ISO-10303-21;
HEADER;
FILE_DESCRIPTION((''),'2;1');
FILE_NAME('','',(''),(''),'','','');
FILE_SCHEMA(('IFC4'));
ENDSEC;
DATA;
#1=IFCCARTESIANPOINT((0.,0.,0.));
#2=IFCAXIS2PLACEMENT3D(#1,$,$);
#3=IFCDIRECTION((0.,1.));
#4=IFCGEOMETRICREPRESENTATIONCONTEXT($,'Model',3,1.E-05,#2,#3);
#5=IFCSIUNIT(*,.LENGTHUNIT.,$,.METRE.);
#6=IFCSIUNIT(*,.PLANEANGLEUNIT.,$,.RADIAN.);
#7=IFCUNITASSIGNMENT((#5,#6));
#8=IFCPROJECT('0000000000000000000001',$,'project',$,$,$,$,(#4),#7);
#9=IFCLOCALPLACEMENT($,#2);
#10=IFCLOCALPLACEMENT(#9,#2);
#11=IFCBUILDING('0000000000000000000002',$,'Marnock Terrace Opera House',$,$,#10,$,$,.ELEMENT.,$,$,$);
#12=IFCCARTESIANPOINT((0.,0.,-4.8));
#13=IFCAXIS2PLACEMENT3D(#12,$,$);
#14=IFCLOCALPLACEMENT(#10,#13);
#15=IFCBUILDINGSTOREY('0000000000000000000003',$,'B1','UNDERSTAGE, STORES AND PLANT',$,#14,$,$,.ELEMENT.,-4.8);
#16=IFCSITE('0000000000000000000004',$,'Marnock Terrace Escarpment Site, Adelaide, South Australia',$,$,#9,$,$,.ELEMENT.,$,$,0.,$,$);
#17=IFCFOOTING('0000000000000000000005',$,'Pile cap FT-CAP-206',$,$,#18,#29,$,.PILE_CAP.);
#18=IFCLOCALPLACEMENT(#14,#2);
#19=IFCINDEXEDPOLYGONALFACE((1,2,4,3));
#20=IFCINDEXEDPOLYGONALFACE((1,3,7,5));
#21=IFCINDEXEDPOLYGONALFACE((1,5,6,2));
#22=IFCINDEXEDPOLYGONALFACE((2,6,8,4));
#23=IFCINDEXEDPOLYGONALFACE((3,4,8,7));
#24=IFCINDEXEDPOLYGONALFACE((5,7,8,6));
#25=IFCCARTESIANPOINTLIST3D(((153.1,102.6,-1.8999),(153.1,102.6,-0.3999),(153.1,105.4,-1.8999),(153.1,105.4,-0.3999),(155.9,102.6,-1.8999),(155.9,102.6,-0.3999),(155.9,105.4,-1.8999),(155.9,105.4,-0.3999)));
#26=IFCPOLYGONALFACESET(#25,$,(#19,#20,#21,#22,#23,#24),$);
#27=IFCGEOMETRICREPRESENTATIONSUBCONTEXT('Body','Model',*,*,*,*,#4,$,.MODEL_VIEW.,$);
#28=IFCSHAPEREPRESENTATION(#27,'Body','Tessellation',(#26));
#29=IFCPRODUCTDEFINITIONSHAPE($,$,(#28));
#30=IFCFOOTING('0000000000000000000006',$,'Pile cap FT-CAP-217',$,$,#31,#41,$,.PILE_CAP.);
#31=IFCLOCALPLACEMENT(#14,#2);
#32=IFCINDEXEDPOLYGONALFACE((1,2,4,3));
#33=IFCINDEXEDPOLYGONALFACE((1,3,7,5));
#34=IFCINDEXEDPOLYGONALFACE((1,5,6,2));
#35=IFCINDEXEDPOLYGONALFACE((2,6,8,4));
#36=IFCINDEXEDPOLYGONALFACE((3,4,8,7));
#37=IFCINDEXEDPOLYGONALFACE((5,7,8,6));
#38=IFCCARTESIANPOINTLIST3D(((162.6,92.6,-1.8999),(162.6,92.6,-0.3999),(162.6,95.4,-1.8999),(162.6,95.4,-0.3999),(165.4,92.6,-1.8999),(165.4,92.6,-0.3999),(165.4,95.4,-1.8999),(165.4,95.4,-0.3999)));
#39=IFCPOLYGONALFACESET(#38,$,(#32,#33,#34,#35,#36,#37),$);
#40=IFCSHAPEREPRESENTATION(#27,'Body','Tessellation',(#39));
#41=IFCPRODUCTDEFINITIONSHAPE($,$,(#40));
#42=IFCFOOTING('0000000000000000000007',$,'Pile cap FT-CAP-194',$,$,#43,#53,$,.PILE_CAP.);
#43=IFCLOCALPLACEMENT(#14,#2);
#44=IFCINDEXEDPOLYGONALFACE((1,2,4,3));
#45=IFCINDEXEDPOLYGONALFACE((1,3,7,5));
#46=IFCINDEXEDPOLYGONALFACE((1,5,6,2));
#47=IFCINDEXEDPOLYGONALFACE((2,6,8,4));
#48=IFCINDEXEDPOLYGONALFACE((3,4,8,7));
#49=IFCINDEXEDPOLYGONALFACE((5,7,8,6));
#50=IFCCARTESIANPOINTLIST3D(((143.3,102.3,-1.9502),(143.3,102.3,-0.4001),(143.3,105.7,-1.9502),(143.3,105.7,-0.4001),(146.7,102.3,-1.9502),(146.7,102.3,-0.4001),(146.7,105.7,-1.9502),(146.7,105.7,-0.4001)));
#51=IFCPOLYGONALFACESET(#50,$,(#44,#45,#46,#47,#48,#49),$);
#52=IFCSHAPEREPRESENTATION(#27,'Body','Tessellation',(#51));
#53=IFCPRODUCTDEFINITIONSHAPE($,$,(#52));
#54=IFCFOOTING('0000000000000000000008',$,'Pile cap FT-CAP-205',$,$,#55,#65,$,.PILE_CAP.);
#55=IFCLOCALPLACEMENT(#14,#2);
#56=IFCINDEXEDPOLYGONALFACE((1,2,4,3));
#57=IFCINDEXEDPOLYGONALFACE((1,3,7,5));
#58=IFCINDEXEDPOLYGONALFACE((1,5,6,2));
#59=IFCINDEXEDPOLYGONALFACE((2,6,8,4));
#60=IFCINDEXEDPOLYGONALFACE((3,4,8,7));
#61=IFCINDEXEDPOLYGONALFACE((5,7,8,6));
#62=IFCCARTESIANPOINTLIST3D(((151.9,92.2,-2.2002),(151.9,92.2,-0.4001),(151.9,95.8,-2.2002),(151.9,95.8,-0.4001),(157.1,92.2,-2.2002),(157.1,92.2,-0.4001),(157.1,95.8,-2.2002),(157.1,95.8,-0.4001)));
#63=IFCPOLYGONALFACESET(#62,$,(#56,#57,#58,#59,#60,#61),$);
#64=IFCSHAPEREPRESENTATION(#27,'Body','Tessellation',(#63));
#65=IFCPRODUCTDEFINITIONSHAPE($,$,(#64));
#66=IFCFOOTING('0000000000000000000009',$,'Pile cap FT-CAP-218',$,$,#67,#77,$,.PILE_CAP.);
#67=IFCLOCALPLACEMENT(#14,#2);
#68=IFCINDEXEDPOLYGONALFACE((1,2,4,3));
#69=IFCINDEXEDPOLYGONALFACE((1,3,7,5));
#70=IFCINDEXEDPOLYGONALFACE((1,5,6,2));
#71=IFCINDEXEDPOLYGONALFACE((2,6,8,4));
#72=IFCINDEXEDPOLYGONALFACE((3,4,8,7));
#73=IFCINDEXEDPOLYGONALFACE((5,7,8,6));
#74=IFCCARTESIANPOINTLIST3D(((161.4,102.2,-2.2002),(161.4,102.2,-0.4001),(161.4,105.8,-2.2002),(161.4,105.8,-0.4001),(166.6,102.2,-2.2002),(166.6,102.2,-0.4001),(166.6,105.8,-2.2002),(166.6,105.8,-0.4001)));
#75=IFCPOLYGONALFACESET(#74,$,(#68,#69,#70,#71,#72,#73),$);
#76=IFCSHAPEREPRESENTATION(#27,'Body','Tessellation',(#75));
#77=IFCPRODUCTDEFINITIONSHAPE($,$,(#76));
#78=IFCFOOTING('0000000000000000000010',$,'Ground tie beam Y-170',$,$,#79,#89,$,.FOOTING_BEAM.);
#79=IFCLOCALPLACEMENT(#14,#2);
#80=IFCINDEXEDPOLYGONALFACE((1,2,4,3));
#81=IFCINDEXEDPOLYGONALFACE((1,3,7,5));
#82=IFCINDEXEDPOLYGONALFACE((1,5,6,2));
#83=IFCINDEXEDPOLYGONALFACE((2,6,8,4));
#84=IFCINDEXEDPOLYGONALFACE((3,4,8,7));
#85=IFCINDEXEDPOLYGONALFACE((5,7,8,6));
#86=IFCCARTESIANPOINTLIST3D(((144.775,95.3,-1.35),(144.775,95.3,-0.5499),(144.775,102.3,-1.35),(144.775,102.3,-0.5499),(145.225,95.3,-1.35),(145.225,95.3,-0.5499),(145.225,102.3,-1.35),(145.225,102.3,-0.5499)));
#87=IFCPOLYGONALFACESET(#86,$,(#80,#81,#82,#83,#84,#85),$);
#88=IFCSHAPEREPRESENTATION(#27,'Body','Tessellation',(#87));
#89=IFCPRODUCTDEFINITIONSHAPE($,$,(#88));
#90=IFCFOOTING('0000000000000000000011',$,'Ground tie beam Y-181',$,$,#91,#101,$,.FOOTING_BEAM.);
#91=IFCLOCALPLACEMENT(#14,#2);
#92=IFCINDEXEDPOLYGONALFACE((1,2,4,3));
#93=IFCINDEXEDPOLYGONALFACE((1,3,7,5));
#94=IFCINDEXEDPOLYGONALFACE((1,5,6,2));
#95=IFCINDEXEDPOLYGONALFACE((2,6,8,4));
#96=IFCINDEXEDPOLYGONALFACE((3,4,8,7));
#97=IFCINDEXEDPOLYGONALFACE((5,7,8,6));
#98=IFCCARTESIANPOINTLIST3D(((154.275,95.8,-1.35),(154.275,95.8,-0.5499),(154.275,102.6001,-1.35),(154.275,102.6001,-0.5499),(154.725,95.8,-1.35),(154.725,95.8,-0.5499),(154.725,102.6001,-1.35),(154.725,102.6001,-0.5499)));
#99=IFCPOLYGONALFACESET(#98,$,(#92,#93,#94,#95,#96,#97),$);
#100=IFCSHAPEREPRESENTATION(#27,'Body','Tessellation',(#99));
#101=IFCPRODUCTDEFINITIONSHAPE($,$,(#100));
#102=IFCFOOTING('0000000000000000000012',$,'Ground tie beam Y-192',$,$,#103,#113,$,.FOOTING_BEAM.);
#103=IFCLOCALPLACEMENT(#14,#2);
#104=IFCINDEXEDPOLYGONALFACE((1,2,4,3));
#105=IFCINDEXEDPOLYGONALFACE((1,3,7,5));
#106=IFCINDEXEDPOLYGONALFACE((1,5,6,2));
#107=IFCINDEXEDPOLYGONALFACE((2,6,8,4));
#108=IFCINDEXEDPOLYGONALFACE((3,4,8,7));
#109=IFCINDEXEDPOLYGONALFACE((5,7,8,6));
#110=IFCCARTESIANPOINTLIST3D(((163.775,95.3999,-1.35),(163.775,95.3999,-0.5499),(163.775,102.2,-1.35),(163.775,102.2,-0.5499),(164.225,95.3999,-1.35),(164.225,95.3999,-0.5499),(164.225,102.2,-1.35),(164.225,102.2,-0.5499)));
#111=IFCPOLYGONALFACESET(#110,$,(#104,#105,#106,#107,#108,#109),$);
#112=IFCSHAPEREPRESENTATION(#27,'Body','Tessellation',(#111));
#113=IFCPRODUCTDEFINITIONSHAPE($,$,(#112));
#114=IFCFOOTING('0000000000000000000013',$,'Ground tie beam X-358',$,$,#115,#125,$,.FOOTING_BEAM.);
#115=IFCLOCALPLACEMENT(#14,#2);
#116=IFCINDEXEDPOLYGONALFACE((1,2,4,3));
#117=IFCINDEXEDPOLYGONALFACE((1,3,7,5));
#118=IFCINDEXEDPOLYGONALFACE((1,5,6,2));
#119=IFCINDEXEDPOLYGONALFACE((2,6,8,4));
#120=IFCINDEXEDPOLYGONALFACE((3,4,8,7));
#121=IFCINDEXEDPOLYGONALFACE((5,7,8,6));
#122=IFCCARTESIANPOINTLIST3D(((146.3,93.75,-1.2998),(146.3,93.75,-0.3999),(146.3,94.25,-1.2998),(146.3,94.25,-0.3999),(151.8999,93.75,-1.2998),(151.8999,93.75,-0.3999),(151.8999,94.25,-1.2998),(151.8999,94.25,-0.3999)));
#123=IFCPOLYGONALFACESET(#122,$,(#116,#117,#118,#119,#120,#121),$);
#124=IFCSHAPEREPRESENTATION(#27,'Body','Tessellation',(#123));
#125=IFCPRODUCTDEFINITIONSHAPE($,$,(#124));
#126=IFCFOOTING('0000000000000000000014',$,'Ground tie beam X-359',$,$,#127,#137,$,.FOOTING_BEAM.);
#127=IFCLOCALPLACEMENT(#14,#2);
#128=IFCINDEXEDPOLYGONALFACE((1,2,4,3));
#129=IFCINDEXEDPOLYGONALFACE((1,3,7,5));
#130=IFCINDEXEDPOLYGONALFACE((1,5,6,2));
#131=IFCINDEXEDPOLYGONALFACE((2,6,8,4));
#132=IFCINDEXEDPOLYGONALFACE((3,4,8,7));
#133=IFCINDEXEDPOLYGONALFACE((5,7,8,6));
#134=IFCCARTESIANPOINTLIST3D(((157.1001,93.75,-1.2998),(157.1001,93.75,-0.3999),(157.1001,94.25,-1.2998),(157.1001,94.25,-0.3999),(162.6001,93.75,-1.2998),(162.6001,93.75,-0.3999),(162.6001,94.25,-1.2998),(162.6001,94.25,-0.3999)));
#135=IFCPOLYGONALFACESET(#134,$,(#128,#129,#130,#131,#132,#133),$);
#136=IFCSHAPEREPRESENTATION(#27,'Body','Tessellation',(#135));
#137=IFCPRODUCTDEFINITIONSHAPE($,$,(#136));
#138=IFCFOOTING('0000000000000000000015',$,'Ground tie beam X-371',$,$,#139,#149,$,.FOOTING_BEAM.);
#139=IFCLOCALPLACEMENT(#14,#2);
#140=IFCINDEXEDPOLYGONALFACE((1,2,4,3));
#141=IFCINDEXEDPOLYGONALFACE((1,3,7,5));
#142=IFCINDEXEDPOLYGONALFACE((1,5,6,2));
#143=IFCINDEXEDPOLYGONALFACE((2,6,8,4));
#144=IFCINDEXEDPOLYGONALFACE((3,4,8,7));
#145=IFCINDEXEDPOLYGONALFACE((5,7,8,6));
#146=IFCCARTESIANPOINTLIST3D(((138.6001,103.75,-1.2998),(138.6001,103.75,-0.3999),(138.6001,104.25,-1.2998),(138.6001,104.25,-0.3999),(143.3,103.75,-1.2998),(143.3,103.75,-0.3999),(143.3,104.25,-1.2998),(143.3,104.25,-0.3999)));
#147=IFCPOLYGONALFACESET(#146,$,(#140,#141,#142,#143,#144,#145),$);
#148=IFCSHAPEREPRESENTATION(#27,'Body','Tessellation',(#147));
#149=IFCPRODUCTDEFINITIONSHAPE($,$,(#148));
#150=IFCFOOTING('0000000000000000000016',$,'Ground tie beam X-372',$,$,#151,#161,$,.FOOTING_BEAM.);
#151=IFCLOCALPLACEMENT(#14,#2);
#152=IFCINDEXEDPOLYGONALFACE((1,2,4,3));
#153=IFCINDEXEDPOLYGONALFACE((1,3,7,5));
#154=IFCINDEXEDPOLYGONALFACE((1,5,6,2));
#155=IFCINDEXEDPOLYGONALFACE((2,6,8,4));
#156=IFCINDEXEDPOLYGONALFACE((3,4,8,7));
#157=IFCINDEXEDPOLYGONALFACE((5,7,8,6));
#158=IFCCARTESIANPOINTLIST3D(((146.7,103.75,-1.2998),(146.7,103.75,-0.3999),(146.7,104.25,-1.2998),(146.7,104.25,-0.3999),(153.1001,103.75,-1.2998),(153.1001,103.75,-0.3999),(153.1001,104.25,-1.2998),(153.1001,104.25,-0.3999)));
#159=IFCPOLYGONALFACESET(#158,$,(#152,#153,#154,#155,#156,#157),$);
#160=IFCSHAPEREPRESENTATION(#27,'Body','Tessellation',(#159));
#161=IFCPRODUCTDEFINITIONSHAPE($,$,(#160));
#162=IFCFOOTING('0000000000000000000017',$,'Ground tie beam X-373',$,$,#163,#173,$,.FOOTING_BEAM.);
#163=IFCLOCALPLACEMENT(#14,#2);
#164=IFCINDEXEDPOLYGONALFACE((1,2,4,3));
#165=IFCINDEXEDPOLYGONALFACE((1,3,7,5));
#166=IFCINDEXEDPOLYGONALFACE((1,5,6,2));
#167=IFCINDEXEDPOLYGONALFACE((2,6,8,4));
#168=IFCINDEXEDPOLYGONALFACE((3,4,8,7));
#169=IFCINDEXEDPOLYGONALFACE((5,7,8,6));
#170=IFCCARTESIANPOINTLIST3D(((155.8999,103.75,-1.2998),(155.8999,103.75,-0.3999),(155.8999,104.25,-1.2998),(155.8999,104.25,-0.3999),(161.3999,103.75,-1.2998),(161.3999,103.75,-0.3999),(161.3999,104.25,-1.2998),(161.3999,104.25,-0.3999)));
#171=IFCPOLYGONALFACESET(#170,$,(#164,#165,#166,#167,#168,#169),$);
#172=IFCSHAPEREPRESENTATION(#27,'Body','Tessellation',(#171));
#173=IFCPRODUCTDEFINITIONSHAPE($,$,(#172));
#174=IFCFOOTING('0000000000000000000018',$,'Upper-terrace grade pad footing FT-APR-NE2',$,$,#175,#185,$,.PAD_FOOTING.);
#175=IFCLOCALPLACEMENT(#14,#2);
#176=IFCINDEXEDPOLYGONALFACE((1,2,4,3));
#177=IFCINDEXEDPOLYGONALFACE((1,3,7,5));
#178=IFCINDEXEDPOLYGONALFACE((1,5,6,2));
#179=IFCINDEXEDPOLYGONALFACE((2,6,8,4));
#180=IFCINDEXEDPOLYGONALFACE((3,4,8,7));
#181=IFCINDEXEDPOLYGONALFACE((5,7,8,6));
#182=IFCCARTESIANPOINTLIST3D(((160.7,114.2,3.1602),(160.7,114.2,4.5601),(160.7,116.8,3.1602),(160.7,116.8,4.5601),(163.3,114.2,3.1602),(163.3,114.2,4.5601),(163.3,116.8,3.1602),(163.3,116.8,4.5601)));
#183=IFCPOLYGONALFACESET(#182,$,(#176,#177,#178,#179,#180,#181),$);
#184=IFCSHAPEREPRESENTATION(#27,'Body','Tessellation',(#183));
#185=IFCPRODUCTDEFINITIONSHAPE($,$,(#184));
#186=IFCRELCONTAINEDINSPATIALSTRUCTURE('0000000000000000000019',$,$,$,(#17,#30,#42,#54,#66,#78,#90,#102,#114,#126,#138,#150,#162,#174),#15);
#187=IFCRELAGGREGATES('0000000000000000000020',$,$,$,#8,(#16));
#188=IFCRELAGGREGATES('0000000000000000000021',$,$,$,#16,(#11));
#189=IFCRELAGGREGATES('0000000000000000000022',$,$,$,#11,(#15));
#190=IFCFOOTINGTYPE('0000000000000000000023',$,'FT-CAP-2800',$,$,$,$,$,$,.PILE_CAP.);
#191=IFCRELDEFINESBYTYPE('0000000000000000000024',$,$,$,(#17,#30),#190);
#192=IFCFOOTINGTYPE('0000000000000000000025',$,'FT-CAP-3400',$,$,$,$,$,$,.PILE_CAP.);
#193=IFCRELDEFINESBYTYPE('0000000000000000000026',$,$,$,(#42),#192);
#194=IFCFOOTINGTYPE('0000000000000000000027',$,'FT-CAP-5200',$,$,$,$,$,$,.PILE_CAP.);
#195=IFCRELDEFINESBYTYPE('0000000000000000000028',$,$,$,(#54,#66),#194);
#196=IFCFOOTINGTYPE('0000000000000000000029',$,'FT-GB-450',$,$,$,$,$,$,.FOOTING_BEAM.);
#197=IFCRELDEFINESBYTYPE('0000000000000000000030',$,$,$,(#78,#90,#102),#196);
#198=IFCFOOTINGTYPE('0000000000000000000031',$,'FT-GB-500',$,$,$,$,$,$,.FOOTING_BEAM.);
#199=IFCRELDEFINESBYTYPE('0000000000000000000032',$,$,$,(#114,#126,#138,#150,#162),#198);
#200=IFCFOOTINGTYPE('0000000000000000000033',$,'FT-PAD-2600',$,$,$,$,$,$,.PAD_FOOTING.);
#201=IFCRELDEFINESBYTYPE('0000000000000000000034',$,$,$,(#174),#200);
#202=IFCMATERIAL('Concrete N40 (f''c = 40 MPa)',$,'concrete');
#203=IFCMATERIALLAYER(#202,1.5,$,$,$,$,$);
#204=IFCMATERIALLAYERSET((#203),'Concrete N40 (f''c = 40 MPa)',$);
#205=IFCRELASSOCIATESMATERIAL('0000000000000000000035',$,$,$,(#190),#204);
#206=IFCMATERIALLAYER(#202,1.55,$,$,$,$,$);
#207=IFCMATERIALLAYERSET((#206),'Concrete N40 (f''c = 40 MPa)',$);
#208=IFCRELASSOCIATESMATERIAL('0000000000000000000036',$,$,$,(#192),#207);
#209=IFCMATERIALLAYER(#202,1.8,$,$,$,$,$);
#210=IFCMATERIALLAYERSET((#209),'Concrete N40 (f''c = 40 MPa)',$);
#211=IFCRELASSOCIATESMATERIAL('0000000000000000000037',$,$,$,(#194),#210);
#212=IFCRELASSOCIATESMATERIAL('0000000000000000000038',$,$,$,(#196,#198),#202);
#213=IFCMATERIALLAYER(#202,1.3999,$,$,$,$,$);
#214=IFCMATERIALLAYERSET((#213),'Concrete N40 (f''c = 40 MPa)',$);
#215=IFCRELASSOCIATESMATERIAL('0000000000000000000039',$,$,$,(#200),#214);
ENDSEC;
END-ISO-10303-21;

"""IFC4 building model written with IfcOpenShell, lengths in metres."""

from ifc_helpers import new_model, si_unit, direction, frame, origin, origin_2d, place, context, subcontext, project, spatial, rectangle, extrude, material, layer, layer_set, material_profile, profile_set, type_object, element, save


model = new_model("IFC4")

# Units and contexts
model_context = context("Model", 3, precision=1e-05, world=origin(), true_north=direction((0.0, 1.0)))
body_context = subcontext(model_context, "Body", "Model", "MODEL_VIEW")
ifc_project = project(units=[si_unit("LENGTHUNIT", "METRE"), si_unit("PLANEANGLEUNIT", "RADIAN")], contexts=[model_context])

# Site, building, storey
site_placement = place(None, origin())
site = spatial("IfcSite", under=ifc_project, at=site_placement, Name="Marnock Terrace Escarpment Site, Adelaide, South Australia", CompositionType="ELEMENT", RefElevation=0.0)
building_placement = place(site_placement, origin())
building = spatial("IfcBuilding", under=site, at=building_placement, Name="Marnock Terrace Opera House", CompositionType="ELEMENT")
storey_placement = place(building_placement, frame((0.0, 0.0, -4.8)))
storey = spatial("IfcBuildingStorey", under=building, at=storey_placement, Name="B1", Description="UNDERSTAGE, STORES AND PLANT", CompositionType="ELEMENT", Elevation=-4.8)

# Footings
ifc_material_1 = material(Name="Concrete N40 (f'c = 40 MPa)", Category="concrete")
ifc_layer_1 = layer(ifc_material_1, 1.5)
ifc_layer_set_1 = layer_set([ifc_layer_1], Name="Concrete N40 (f'c = 40 MPa)")
footing_type_1 = type_object("IfcFootingType", Name="FT-CAP-2800", PredefinedType="PILE_CAP", material=ifc_layer_set_1)
for number, where, z_axis, x_axis, name in (
    (1, (154.5, 104.0, -1.8999), (0.0, 0.0, 1.0), (1.0, 0.0, 0.0), "Pile cap FT-CAP-206"),
    (2, (164.0, 94.0, -1.8999), (0.0, 0.0, 1.0), (1.0, 0.0, 0.0), "Pile cap FT-CAP-217"),
):
    element("IfcFooting", number, at=place(storey_placement, frame(where, z_axis=z_axis, x_axis=x_axis)), inside=storey, type_object=footing_type_1, Name=name, PredefinedType="PILE_CAP", context=body_context, shape_type="SweptSolid", body=[
        extrude(rectangle(XDim=2.8, YDim=2.8, at=origin_2d()), origin(), (0.0, 0.0, 1.0), 1.5),
    ])
ifc_layer_2 = layer(ifc_material_1, 1.55)
ifc_layer_set_2 = layer_set([ifc_layer_2], Name="Concrete N40 (f'c = 40 MPa)")
footing_type_2 = type_object("IfcFootingType", Name="FT-CAP-3400", PredefinedType="PILE_CAP", material=ifc_layer_set_2)
footing_1_placement = place(storey_placement, frame((145.0, 104.0, -1.9502), z_axis=(0.0, 0.0, 1.0), x_axis=(1.0, 0.0, 0.0)))
element("IfcFooting", 3, at=footing_1_placement, inside=storey, type_object=footing_type_2, Name="Pile cap FT-CAP-194", PredefinedType="PILE_CAP", context=body_context, shape_type="SweptSolid", body=[
    extrude(rectangle(XDim=3.3999, YDim=3.3999, at=origin_2d()), origin(), (0.0, 0.0, 1.0), 1.55),
])
ifc_layer_3 = layer(ifc_material_1, 1.8)
ifc_layer_set_3 = layer_set([ifc_layer_3], Name="Concrete N40 (f'c = 40 MPa)")
footing_type_3 = type_object("IfcFootingType", Name="FT-CAP-5200", PredefinedType="PILE_CAP", material=ifc_layer_set_3)
for number, where, z_axis, x_axis, name in (
    (4, (154.5, 94.0, -2.2002), (0.0, 0.0, 1.0), (1.0, 0.0, 0.0), "Pile cap FT-CAP-205"),
    (5, (164.0, 104.0, -2.2002), (0.0, 0.0, 1.0), (1.0, 0.0, 0.0), "Pile cap FT-CAP-218"),
):
    element("IfcFooting", number, at=place(storey_placement, frame(where, z_axis=z_axis, x_axis=x_axis)), inside=storey, type_object=footing_type_3, Name=name, PredefinedType="PILE_CAP", context=body_context, shape_type="SweptSolid", body=[
        extrude(rectangle(XDim=5.2, YDim=3.6001, at=origin_2d()), origin(), (0.0, 0.0, 1.0), 1.8),
    ])
ifc_material_profile_1 = material_profile(ifc_material_1, rectangle(XDim=0.45, YDim=0.8, at=origin_2d()))
ifc_profile_set_1 = profile_set([ifc_material_profile_1], Name="Concrete N40 (f'c = 40 MPa)")
footing_type_4 = type_object("IfcFootingType", Name="FT-GB-450", PredefinedType="FOOTING_BEAM", material=ifc_profile_set_1)
footing_2_placement = place(storey_placement, frame((145.0, 95.3, -0.95), z_axis=(0.0, 1.0, 0.0), x_axis=(-1.0, 0.0, 0.0)))
element("IfcFooting", 6, at=footing_2_placement, inside=storey, type_object=footing_type_4, Name="Ground tie beam Y-170", PredefinedType="FOOTING_BEAM", context=body_context, shape_type="SweptSolid", body=[
    extrude(rectangle(XDim=0.45, YDim=0.8, at=origin_2d()), origin(), (0.0, 0.0, 1.0), 7.0),
])
for number, where, z_axis, x_axis, name in (
    (7, (154.5, 95.8, -0.95), (0.0, 1.0, 0.0), (-1.0, 0.0, 0.0), "Ground tie beam Y-181"),
    (8, (164.0, 95.3999, -0.95), (0.0, 1.0, 0.0), (-1.0, 0.0, 0.0), "Ground tie beam Y-192"),
):
    element("IfcFooting", number, at=place(storey_placement, frame(where, z_axis=z_axis, x_axis=x_axis)), inside=storey, type_object=footing_type_4, Name=name, PredefinedType="FOOTING_BEAM", context=body_context, shape_type="SweptSolid", body=[
        extrude(rectangle(XDim=0.45, YDim=0.8, at=origin_2d()), origin(), (0.0, 0.0, 1.0), 6.8),
    ])
ifc_material_profile_2 = material_profile(ifc_material_1, rectangle(XDim=0.5, YDim=0.8999, at=origin_2d()))
ifc_profile_set_2 = profile_set([ifc_material_profile_2], Name="Concrete N40 (f'c = 40 MPa)")
footing_type_5 = type_object("IfcFootingType", Name="FT-GB-500", PredefinedType="FOOTING_BEAM", material=ifc_profile_set_2)
footing_3_placement = place(storey_placement, frame((146.3, 94.0, -0.8499), z_axis=(1.0, 0.0, 0.0), x_axis=(0.0, 1.0, 0.0)))
element("IfcFooting", 9, at=footing_3_placement, inside=storey, type_object=footing_type_5, Name="Ground tie beam X-358", PredefinedType="FOOTING_BEAM", context=body_context, shape_type="SweptSolid", body=[
    extrude(rectangle(XDim=0.5, YDim=0.8999, at=origin_2d()), origin(), (0.0, 0.0, 1.0), 5.5999),
])
footing_4_placement = place(storey_placement, frame((157.1001, 94.0, -0.8499), z_axis=(1.0, 0.0, 0.0), x_axis=(0.0, 1.0, 0.0)))
element("IfcFooting", 10, at=footing_4_placement, inside=storey, type_object=footing_type_5, Name="Ground tie beam X-359", PredefinedType="FOOTING_BEAM", context=body_context, shape_type="SweptSolid", body=[
    extrude(rectangle(XDim=0.5, YDim=0.8999, at=origin_2d()), origin(), (0.0, 0.0, 1.0), 5.5),
])
footing_5_placement = place(storey_placement, frame((138.6001, 104.0, -0.8499), z_axis=(1.0, 0.0, 0.0), x_axis=(0.0, 1.0, 0.0)))
element("IfcFooting", 11, at=footing_5_placement, inside=storey, type_object=footing_type_5, Name="Ground tie beam X-371", PredefinedType="FOOTING_BEAM", context=body_context, shape_type="SweptSolid", body=[
    extrude(rectangle(XDim=0.5, YDim=0.8999, at=origin_2d()), origin(), (0.0, 0.0, 1.0), 4.7),
])
footing_6_placement = place(storey_placement, frame((146.7, 104.0, -0.8499), z_axis=(1.0, 0.0, 0.0), x_axis=(0.0, 1.0, 0.0)))
element("IfcFooting", 12, at=footing_6_placement, inside=storey, type_object=footing_type_5, Name="Ground tie beam X-372", PredefinedType="FOOTING_BEAM", context=body_context, shape_type="SweptSolid", body=[
    extrude(rectangle(XDim=0.5, YDim=0.8999, at=origin_2d()), origin(), (0.0, 0.0, 1.0), 6.4001),
])
footing_7_placement = place(storey_placement, frame((155.8999, 104.0, -0.8499), z_axis=(1.0, 0.0, 0.0), x_axis=(0.0, 1.0, 0.0)))
element("IfcFooting", 13, at=footing_7_placement, inside=storey, type_object=footing_type_5, Name="Ground tie beam X-373", PredefinedType="FOOTING_BEAM", context=body_context, shape_type="SweptSolid", body=[
    extrude(rectangle(XDim=0.5, YDim=0.8999, at=origin_2d()), origin(), (0.0, 0.0, 1.0), 5.5),
])
ifc_layer_4 = layer(ifc_material_1, 1.3999)
ifc_layer_set_4 = layer_set([ifc_layer_4], Name="Concrete N40 (f'c = 40 MPa)")
footing_type_6 = type_object("IfcFootingType", Name="FT-PAD-2600", PredefinedType="PAD_FOOTING", material=ifc_layer_set_4)
footing_8_placement = place(storey_placement, frame((162.0, 115.5, 3.1602), z_axis=(0.0, 0.0, 1.0), x_axis=(1.0, 0.0, 0.0)))
element("IfcFooting", 14, at=footing_8_placement, inside=storey, type_object=footing_type_6, Name="Upper-terrace grade pad footing FT-APR-NE2", PredefinedType="PAD_FOOTING", context=body_context, shape_type="SweptSolid", body=[
    extrude(rectangle(XDim=2.6001, YDim=2.6001, at=origin_2d()), origin(), (0.0, 0.0, 1.0), 1.3999),
])

save(model, "model.ifc")
